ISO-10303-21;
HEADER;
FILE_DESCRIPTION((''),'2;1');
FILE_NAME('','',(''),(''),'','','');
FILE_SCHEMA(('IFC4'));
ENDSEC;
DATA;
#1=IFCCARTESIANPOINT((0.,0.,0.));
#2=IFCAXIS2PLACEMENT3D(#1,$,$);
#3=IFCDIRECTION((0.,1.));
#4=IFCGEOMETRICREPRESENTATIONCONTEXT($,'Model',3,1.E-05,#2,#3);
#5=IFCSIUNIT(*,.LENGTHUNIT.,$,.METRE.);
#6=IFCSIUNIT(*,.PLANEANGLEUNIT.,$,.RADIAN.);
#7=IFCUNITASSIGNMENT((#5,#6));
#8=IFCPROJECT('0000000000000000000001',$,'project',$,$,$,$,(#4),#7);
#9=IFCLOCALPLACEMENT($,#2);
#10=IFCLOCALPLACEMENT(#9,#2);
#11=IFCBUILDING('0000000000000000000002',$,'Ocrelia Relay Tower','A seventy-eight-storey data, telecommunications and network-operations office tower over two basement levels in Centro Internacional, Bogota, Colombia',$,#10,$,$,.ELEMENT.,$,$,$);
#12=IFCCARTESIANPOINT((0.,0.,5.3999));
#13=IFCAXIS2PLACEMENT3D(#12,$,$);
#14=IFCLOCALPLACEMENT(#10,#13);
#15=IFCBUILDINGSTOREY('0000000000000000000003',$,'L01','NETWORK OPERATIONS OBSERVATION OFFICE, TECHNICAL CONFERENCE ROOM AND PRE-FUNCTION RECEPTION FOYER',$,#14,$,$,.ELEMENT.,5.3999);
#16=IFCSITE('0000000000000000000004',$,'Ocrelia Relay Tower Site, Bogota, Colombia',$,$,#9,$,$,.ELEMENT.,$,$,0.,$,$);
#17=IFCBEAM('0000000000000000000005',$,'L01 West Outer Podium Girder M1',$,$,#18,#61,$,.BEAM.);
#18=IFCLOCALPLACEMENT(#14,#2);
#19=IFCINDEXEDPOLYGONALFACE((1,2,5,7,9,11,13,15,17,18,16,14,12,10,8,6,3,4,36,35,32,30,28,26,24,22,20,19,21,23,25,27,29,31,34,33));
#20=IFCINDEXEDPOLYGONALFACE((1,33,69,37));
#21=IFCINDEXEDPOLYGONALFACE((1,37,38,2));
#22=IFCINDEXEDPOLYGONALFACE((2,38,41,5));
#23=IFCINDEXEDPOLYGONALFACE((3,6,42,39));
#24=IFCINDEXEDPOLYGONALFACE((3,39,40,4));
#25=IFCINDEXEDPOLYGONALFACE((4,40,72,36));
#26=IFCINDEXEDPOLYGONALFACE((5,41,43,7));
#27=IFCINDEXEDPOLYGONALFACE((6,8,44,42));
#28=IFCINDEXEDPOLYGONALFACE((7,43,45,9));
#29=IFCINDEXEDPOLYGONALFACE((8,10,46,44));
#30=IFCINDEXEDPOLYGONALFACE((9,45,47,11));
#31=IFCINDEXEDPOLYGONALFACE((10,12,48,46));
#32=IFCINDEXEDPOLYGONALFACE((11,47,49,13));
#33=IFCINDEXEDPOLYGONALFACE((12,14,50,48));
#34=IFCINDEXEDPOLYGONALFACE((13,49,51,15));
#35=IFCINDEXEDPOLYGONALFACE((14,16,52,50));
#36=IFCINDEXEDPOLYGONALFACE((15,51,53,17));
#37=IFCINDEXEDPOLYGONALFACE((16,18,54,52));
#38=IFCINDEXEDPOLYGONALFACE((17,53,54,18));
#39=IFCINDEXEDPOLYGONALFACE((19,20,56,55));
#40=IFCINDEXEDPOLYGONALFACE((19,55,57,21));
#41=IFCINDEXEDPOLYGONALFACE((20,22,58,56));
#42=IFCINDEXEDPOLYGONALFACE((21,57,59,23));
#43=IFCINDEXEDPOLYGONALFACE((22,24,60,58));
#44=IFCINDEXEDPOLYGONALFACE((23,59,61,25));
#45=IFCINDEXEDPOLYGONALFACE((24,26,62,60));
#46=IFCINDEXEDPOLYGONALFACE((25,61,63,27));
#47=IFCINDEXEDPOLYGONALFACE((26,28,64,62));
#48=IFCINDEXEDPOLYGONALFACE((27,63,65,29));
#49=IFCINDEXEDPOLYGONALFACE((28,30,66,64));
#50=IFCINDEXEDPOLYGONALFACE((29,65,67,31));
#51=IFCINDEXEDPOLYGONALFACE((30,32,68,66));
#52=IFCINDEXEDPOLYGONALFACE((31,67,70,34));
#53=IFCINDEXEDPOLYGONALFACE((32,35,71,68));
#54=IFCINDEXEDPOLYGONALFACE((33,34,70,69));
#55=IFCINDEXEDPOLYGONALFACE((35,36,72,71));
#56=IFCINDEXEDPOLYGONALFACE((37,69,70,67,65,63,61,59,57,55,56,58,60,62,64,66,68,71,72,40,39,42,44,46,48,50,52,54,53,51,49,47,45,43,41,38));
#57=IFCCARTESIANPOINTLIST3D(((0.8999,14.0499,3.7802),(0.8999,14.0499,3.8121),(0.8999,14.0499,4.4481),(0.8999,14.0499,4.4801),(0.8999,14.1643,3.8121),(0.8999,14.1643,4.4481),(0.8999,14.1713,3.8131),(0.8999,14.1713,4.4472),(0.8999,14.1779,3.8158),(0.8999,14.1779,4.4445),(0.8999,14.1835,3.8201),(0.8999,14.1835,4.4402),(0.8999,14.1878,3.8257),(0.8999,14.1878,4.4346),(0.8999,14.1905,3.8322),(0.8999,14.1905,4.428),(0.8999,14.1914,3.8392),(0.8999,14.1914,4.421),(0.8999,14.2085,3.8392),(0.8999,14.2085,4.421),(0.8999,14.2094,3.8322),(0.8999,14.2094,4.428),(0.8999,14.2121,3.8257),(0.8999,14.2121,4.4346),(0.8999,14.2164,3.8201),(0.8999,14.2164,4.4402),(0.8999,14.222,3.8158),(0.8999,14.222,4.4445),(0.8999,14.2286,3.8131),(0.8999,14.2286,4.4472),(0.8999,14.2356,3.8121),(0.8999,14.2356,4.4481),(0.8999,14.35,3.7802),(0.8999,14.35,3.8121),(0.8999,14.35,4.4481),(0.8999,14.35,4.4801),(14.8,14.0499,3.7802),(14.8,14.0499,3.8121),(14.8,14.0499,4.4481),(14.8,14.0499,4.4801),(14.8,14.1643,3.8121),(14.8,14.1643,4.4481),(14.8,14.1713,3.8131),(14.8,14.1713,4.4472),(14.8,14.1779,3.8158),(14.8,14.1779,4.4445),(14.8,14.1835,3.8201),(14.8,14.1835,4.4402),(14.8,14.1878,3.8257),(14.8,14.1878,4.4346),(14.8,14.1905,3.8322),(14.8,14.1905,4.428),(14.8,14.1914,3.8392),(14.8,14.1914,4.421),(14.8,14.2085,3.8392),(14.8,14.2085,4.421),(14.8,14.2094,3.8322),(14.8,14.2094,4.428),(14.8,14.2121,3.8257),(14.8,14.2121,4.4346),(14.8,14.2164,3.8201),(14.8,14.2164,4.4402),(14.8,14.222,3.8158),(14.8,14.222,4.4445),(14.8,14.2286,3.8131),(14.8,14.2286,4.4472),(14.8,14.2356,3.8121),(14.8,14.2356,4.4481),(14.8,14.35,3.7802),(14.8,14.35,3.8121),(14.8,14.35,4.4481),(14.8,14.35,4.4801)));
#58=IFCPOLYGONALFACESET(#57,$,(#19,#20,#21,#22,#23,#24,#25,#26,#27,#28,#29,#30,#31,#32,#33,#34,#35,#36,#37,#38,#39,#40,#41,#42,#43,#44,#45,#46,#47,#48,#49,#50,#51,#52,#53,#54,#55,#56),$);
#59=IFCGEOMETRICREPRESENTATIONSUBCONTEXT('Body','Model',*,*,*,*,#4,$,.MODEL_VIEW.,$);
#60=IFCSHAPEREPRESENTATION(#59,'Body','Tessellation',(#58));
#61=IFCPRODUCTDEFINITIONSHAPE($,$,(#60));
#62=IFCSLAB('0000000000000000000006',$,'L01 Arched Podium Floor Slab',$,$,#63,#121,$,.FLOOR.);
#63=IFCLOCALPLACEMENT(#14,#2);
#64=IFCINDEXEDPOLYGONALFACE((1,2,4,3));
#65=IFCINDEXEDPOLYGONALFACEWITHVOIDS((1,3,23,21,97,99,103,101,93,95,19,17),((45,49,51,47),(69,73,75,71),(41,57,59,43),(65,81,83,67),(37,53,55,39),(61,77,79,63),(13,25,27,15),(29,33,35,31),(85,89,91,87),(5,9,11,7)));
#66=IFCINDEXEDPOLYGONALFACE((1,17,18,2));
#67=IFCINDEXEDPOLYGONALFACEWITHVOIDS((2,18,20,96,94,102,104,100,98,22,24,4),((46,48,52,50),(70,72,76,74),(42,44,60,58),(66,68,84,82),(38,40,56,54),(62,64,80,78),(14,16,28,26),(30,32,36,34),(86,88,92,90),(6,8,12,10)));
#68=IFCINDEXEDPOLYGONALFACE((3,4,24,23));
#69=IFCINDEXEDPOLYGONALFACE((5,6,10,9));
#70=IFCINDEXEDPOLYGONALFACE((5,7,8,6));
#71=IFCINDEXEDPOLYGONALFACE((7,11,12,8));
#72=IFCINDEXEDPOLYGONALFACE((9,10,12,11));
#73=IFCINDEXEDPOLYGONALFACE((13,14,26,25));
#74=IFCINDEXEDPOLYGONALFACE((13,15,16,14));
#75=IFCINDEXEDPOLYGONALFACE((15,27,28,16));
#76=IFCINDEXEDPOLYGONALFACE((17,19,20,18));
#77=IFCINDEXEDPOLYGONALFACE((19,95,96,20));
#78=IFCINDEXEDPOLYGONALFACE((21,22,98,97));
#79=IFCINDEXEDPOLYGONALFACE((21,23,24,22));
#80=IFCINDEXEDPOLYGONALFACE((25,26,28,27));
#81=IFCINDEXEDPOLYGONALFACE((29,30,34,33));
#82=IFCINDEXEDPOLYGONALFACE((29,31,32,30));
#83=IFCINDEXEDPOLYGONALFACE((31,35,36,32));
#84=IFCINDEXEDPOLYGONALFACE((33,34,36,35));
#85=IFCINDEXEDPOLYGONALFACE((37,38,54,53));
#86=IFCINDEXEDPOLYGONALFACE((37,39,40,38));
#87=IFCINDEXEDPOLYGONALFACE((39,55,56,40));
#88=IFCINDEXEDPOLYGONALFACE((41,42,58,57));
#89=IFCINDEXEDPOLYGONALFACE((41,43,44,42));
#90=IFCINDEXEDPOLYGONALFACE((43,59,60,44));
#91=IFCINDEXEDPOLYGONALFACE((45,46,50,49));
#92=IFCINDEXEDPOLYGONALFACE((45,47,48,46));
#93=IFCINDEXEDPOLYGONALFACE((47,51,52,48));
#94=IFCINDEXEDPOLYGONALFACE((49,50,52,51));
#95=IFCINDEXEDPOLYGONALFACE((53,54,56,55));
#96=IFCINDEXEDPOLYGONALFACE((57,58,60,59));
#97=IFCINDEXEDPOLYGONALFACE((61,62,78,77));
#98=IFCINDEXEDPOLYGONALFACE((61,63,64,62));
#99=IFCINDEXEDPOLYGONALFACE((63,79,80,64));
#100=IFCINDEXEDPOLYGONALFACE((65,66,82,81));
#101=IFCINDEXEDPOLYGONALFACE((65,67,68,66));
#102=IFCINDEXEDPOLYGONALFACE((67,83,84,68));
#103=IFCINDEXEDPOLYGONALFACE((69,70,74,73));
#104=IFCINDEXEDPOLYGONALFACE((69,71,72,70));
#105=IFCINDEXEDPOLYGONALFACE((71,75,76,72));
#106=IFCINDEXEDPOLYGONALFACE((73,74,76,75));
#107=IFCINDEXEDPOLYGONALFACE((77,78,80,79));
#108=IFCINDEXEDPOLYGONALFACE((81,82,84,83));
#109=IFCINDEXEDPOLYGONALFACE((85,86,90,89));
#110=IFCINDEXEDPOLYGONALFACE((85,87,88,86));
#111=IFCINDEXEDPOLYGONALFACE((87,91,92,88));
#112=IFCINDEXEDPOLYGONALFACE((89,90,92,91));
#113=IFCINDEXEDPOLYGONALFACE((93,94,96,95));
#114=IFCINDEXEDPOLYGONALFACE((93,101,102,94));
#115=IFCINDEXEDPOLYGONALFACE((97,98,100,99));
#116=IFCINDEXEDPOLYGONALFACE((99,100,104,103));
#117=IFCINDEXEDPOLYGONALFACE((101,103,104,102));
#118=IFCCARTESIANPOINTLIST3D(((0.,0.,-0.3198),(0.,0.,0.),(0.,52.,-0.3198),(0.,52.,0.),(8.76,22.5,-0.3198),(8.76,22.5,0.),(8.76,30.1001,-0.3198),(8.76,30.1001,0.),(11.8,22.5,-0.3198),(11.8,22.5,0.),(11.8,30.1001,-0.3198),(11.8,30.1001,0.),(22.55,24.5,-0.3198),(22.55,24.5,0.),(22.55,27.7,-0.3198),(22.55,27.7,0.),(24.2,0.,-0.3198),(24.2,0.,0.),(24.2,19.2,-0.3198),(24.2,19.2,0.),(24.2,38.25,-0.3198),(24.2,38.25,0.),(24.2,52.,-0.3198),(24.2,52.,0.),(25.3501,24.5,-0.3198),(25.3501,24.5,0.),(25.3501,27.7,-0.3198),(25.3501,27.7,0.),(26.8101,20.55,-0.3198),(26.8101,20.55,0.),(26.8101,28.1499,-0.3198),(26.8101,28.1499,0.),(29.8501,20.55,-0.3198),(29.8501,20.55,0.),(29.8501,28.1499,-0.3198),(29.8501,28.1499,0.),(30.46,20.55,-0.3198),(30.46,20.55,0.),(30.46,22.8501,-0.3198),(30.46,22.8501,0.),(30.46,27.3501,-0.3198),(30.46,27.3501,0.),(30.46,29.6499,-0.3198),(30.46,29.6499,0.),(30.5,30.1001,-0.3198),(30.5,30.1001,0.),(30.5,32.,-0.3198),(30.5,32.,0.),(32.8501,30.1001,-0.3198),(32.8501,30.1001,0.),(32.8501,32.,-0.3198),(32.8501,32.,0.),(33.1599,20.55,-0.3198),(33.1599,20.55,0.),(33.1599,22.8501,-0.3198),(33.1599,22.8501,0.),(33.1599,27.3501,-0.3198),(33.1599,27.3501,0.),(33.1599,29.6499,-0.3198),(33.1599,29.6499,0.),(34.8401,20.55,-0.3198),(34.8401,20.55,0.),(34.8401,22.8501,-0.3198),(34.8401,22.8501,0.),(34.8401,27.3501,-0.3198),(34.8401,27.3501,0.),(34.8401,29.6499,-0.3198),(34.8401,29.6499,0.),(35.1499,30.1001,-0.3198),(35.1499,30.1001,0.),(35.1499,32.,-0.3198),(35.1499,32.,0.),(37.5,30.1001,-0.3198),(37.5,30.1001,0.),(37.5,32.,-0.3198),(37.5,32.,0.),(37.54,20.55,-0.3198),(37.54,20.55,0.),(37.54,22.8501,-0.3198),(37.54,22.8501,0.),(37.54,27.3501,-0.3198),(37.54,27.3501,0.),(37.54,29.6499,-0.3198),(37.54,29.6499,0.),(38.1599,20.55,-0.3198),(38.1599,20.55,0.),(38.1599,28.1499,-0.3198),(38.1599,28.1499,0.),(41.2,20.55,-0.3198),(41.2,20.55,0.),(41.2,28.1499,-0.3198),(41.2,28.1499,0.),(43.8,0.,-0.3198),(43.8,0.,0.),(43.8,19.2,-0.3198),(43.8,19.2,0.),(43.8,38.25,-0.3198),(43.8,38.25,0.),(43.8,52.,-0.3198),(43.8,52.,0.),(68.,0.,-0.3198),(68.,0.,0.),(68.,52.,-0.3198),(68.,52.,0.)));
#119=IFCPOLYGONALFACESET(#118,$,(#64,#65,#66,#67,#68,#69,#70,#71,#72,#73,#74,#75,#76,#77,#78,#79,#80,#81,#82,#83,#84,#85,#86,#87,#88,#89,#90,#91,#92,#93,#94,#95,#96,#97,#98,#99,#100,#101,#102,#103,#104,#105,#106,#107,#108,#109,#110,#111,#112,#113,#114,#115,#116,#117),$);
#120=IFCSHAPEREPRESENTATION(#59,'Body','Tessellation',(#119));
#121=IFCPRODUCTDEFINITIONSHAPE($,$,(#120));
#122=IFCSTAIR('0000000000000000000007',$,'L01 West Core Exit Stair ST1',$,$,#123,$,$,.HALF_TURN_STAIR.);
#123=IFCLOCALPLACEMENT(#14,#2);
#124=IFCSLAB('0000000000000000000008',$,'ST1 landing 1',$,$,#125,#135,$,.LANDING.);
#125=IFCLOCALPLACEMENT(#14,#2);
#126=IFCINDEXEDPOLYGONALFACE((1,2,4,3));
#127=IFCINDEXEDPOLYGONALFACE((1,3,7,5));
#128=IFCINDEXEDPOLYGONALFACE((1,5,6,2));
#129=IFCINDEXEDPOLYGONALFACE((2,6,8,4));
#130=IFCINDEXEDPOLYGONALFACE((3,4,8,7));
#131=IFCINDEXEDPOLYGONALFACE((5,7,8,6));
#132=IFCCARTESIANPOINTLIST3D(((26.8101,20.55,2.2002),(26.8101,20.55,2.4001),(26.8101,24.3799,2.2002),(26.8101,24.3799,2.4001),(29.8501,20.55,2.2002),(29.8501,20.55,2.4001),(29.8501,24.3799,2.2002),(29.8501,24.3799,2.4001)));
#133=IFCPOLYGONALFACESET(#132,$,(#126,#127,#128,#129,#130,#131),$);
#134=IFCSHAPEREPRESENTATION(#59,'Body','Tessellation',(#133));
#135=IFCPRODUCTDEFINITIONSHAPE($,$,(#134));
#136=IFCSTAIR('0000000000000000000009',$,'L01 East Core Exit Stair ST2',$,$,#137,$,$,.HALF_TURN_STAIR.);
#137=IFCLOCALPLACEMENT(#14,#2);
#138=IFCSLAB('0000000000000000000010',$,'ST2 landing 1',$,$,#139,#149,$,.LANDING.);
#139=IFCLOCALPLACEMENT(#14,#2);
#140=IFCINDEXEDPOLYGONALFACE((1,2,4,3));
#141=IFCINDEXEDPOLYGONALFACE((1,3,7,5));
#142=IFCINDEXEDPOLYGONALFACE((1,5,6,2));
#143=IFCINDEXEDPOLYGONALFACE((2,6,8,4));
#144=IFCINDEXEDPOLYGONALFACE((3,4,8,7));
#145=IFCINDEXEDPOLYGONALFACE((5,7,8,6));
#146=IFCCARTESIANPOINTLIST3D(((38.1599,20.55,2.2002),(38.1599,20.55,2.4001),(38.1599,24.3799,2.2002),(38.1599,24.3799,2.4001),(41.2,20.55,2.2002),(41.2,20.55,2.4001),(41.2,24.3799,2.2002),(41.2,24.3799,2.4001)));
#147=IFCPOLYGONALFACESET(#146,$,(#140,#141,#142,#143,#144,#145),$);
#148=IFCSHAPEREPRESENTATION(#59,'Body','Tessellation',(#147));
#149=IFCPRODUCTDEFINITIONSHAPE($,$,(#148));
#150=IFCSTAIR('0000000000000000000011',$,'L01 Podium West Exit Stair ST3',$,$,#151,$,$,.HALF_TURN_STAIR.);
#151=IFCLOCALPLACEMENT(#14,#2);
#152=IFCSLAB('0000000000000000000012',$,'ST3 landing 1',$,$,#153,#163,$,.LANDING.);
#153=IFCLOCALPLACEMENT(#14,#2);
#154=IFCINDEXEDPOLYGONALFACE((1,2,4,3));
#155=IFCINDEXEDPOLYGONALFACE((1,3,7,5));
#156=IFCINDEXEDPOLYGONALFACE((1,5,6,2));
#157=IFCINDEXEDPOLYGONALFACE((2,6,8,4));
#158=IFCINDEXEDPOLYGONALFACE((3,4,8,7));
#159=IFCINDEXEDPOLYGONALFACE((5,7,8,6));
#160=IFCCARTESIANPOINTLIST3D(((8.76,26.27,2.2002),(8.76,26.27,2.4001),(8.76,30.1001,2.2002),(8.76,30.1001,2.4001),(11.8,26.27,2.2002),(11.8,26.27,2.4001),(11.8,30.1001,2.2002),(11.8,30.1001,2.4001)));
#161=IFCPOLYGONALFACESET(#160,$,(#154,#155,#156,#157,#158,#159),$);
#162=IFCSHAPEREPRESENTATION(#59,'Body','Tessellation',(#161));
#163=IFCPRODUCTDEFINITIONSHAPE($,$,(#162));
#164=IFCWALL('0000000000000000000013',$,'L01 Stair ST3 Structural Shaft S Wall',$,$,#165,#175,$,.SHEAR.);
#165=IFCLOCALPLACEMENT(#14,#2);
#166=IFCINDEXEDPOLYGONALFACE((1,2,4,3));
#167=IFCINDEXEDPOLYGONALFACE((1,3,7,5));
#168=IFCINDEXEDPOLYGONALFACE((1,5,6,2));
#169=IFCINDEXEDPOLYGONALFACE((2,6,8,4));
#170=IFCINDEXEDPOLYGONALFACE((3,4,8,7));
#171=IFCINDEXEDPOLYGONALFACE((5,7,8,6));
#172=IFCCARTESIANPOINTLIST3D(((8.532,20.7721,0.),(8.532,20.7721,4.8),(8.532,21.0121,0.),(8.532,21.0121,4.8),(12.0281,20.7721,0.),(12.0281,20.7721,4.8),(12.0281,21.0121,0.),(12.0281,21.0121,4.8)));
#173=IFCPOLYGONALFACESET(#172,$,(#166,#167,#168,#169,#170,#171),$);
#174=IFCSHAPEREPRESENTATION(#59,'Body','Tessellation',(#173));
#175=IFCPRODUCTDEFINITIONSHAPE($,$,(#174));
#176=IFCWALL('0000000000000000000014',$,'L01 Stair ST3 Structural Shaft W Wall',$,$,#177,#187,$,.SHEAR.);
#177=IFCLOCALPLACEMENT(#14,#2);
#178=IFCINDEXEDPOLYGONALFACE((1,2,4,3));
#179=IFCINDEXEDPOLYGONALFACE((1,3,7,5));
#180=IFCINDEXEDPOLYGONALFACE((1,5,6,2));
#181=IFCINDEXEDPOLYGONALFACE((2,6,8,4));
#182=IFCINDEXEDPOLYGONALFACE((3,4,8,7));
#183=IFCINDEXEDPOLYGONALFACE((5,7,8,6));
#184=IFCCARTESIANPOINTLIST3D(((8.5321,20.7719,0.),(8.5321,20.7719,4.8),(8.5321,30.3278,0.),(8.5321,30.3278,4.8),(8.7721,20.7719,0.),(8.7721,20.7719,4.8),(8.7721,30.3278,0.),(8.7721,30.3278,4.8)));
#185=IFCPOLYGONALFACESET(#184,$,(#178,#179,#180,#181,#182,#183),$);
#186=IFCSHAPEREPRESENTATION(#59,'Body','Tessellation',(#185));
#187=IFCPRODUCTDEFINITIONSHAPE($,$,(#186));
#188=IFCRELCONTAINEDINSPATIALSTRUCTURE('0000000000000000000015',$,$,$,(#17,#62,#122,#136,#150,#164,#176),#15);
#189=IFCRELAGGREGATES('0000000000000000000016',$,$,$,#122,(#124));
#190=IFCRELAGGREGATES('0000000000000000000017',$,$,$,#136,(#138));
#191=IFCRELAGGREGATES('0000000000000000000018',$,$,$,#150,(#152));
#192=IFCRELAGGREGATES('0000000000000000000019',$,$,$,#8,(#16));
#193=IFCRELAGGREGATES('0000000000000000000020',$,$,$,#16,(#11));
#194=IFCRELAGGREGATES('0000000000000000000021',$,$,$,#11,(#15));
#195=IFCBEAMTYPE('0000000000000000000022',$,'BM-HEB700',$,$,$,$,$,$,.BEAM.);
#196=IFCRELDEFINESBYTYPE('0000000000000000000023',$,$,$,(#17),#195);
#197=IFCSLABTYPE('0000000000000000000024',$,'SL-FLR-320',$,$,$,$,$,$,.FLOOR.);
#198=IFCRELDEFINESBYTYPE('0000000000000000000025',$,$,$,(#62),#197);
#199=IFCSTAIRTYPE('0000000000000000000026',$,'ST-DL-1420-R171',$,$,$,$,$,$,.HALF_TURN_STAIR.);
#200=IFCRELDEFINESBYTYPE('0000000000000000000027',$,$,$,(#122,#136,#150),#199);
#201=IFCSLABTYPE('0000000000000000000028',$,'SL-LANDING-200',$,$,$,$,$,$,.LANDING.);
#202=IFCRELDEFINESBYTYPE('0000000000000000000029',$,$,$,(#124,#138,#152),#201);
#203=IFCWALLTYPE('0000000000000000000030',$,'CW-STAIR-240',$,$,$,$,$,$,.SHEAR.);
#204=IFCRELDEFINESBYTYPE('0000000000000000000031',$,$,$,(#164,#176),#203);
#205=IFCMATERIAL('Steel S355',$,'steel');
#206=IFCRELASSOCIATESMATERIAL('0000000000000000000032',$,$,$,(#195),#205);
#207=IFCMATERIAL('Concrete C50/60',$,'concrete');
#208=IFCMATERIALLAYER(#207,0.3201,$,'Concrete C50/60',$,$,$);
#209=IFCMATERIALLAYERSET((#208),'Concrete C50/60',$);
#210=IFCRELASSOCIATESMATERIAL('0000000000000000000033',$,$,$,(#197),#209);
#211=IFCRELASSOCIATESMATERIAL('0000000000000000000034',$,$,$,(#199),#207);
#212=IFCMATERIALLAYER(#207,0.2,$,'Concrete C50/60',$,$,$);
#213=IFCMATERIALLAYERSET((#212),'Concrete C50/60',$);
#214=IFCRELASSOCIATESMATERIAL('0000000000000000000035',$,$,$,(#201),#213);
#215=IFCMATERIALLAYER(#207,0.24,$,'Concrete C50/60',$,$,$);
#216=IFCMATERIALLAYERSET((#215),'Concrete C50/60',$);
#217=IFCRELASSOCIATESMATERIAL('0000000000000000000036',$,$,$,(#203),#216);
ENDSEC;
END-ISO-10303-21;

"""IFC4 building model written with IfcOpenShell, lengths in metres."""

from ifc_helpers import new_model, si_unit, direction, frame, frame_2d, origin, origin_2d, place, context, subcontext, project, spatial, polyline, rectangle, i_section, outline, extrude, material, layer, layer_set, material_profile, profile_set, type_object, element, aggregate, save


model = new_model("IFC4")

# Units and contexts
model_context = context("Model", 3, precision=1e-05, world=origin(), true_north=direction((0.0, 1.0)))
body_context = subcontext(model_context, "Body", "Model", "MODEL_VIEW")
ifc_project = project(units=[si_unit("LENGTHUNIT", "METRE"), si_unit("PLANEANGLEUNIT", "RADIAN")], contexts=[model_context])

# Site, building, storey
site_placement = place(None, origin())
site = spatial("IfcSite", under=ifc_project, at=site_placement, Name="Ocrelia Relay Tower Site, Bogota, Colombia", CompositionType="ELEMENT", RefElevation=0.0)
building_placement = place(site_placement, origin())
building = spatial("IfcBuilding", under=site, at=building_placement, Name="Ocrelia Relay Tower", Description="A seventy-eight-storey data, telecommunications and network-operations office tower over two basement levels in Centro Internacional, Bogota, Colombia", CompositionType="ELEMENT")
storey_placement = place(building_placement, frame((0.0, 0.0, 5.3999)))
storey = spatial("IfcBuildingStorey", under=building, at=storey_placement, Name="L01", Description="NETWORK OPERATIONS OBSERVATION OFFICE, TECHNICAL CONFERENCE ROOM AND PRE-FUNCTION RECEPTION FOYER", CompositionType="ELEMENT", Elevation=5.3999)

# Beam
ifc_material_1 = material(Name="Steel S355", Category="steel")
ifc_material_profile_1 = material_profile(ifc_material_1, i_section(OverallWidth=0.3, OverallDepth=0.7, WebThickness=0.0171, FlangeThickness=0.032, FilletRadius=0.0271, at=origin_2d()), Name="HEB 700")
ifc_profile_set_1 = profile_set([ifc_material_profile_1], Name="Steel S355")
beam_type_1 = type_object("IfcBeamType", Name="BM-HEB700", PredefinedType="BEAM", material=ifc_profile_set_1)
for number, where, z_axis, x_axis, name in (
    (1, (0.8999, 14.2, 4.1301), (1.0, 0.0, 0.0), (0.0, 1.0, 0.0), "L01 West Outer Podium Girder M1"),
):
    element("IfcBeam", number, at=place(storey_placement, frame(where, z_axis=z_axis, x_axis=x_axis)), inside=storey, type_object=beam_type_1, Name=name, PredefinedType="BEAM", context=body_context, shape_type="SweptSolid", body=[
        extrude(i_section(OverallWidth=0.3, OverallDepth=0.7, WebThickness=0.0171, FlangeThickness=0.032, FilletRadius=0.0271, at=origin_2d()), origin(), (0.0, 0.0, 1.0), 13.9001),
    ])

# Slab
ifc_material_2 = material(Name="Concrete C50/60", Category="concrete")
ifc_layer_1 = layer(ifc_material_2, 0.3201, Name="Concrete C50/60")
ifc_layer_set_1 = layer_set([ifc_layer_1], Name="Concrete C50/60")
slab_type_1 = type_object("IfcSlabType", Name="SL-FLR-320", PredefinedType="FLOOR", material=ifc_layer_set_1)
slab_1_placement = place(storey_placement, frame((0.0, 0.0, -0.3198)))
element("IfcSlab", 2, at=slab_1_placement, inside=storey, type_object=slab_type_1, Name="L01 Arched Podium Floor Slab", PredefinedType="FLOOR", context=body_context, shape_type="SweptSolid", body=[
    extrude(outline(polyline([(0.0, 0.0), (24.2, 0.0), (24.2, 19.2), (43.8, 19.2), (43.8, 0.0), (68.0, 0.0), (68.0, 52.0), (43.8, 52.0), (43.8, 38.25), (24.2, 38.25), (24.2, 52.0), (0.0, 52.0), (0.0, 0.0)]), holes=[polyline([(26.8101, 28.1499), (26.8101, 20.55), (29.8501, 20.55), (29.8501, 28.1499), (26.8101, 28.1499)]), polyline([(38.1599, 28.1499), (38.1599, 20.55), (41.2, 20.55), (41.2, 28.1499), (38.1599, 28.1499)]), polyline([(11.8, 22.5), (11.8, 30.1001), (8.76, 30.1001), (8.76, 22.5), (11.8, 22.5)]), polyline([(30.46, 20.55), (33.1599, 20.55), (33.1599, 22.8501), (30.46, 22.8501), (30.46, 20.55)]), polyline([(34.8401, 20.55), (37.54, 20.55), (37.54, 22.8501), (34.8401, 22.8501), (34.8401, 20.55)]), polyline([(30.46, 27.3501), (33.1599, 27.3501), (33.1599, 29.6499), (30.46, 29.6499), (30.46, 27.3501)]), polyline([(34.8401, 27.3501), (37.54, 27.3501), (37.54, 29.6499), (34.8401, 29.6499), (34.8401, 27.3501)]), polyline([(30.5, 30.1001), (32.8501, 30.1001), (32.8501, 32.0), (30.5, 32.0), (30.5, 30.1001)]), polyline([(35.1499, 30.1001), (37.5, 30.1001), (37.5, 32.0), (35.1499, 32.0), (35.1499, 30.1001)]), polyline([(22.55, 24.5), (25.3501, 24.5), (25.3501, 27.7), (22.55, 27.7), (22.55, 24.5)])]), origin(), (0.0, 0.0, 1.0), 0.3198),
])

# Stairs, slabs
stair_type = type_object("IfcStairType", Name="ST-DL-1420-R171", PredefinedType="HALF_TURN_STAIR", material=ifc_material_2)
stair_1_placement = place(storey_placement, origin())
stair_1 = element("IfcStair", 3, at=stair_1_placement, inside=storey, type_object=stair_type, Name="L01 West Core Exit Stair ST1", PredefinedType="HALF_TURN_STAIR")
ifc_layer_2 = layer(ifc_material_2, 0.2, Name="Concrete C50/60")
ifc_layer_set_2 = layer_set([ifc_layer_2], Name="Concrete C50/60")
slab_type_2 = type_object("IfcSlabType", Name="SL-LANDING-200", PredefinedType="LANDING", material=ifc_layer_set_2)
slab_2_placement = place(storey_placement, frame((0.0, 0.0, 2.2002)))
slab_2 = element("IfcSlab", 4, at=slab_2_placement, type_object=slab_type_2, Name="ST1 landing 1", PredefinedType="LANDING", context=body_context, shape_type="SweptSolid", body=[
    extrude(outline(polyline([(26.8101, 24.3799), (26.8101, 20.55), (29.8501, 20.55), (29.8501, 24.3799), (26.8101, 24.3799)])), origin(), (0.0, 0.0, 1.0), 0.2),
])
aggregate(stair_1, [slab_2])
stair_2_placement = place(storey_placement, origin())
stair_2 = element("IfcStair", 5, at=stair_2_placement, inside=storey, type_object=stair_type, Name="L01 East Core Exit Stair ST2", PredefinedType="HALF_TURN_STAIR")
slab_3_placement = place(storey_placement, frame((0.0, 0.0, 2.2002)))
slab_3 = element("IfcSlab", 6, at=slab_3_placement, type_object=slab_type_2, Name="ST2 landing 1", PredefinedType="LANDING", context=body_context, shape_type="SweptSolid", body=[
    extrude(outline(polyline([(38.1599, 24.3799), (38.1599, 20.55), (41.2, 20.55), (41.2, 24.3799), (38.1599, 24.3799)])), origin(), (0.0, 0.0, 1.0), 0.2),
])
aggregate(stair_2, [slab_3])
stair_3_placement = place(storey_placement, origin())
stair_3 = element("IfcStair", 7, at=stair_3_placement, inside=storey, type_object=stair_type, Name="L01 Podium West Exit Stair ST3", PredefinedType="HALF_TURN_STAIR")
slab_4_placement = place(storey_placement, frame((0.0, 0.0, 2.2002)))
slab_4 = element("IfcSlab", 8, at=slab_4_placement, type_object=slab_type_2, Name="ST3 landing 1", PredefinedType="LANDING", context=body_context, shape_type="SweptSolid", body=[
    extrude(outline(polyline([(11.8, 26.27), (11.8, 30.1001), (8.76, 30.1001), (8.76, 26.27), (11.8, 26.27)])), origin(), (0.0, 0.0, 1.0), 0.2),
])

# Walls
ifc_layer_3 = layer(ifc_material_2, 0.24, Name="Concrete C50/60")
ifc_layer_set_3 = layer_set([ifc_layer_3], Name="Concrete C50/60")
wall_type_1 = type_object("IfcWallType", Name="CW-STAIR-240", PredefinedType="SHEAR", material=ifc_layer_set_3)
wall_1_placement = place(storey_placement, frame((8.532, 20.8921, 0.0), z_axis=(0.0, 0.0, 1.0), x_axis=(1.0, 0.0, 0.0)))
element("IfcWall", 9, at=wall_1_placement, inside=storey, type_object=wall_type_1, Name="L01 Stair ST3 Structural Shaft S Wall", PredefinedType="SHEAR", context=body_context, shape_type="SweptSolid", body=[
    extrude(rectangle(XDim=3.4961, YDim=0.24, at=frame_2d((1.748, 0.0))), origin(), (0.0, 0.0, 1.0), 4.8),
])
wall_2_placement = place(storey_placement, frame((8.6521, 20.772, 0.0), z_axis=(0.0, 0.0, 1.0), x_axis=(0.0, 1.0, 0.0)))
element("IfcWall", 10, at=wall_2_placement, inside=storey, type_object=wall_type_1, Name="L01 Stair ST3 Structural Shaft W Wall", PredefinedType="SHEAR", context=body_context, shape_type="SweptSolid", body=[
    extrude(rectangle(XDim=9.5559, YDim=0.24, at=frame_2d((4.7778, 0.0))), origin(), (0.0, 0.0, 1.0), 4.8),
])

aggregate(stair_3, [slab_4])

save(model, "model.ifc")
